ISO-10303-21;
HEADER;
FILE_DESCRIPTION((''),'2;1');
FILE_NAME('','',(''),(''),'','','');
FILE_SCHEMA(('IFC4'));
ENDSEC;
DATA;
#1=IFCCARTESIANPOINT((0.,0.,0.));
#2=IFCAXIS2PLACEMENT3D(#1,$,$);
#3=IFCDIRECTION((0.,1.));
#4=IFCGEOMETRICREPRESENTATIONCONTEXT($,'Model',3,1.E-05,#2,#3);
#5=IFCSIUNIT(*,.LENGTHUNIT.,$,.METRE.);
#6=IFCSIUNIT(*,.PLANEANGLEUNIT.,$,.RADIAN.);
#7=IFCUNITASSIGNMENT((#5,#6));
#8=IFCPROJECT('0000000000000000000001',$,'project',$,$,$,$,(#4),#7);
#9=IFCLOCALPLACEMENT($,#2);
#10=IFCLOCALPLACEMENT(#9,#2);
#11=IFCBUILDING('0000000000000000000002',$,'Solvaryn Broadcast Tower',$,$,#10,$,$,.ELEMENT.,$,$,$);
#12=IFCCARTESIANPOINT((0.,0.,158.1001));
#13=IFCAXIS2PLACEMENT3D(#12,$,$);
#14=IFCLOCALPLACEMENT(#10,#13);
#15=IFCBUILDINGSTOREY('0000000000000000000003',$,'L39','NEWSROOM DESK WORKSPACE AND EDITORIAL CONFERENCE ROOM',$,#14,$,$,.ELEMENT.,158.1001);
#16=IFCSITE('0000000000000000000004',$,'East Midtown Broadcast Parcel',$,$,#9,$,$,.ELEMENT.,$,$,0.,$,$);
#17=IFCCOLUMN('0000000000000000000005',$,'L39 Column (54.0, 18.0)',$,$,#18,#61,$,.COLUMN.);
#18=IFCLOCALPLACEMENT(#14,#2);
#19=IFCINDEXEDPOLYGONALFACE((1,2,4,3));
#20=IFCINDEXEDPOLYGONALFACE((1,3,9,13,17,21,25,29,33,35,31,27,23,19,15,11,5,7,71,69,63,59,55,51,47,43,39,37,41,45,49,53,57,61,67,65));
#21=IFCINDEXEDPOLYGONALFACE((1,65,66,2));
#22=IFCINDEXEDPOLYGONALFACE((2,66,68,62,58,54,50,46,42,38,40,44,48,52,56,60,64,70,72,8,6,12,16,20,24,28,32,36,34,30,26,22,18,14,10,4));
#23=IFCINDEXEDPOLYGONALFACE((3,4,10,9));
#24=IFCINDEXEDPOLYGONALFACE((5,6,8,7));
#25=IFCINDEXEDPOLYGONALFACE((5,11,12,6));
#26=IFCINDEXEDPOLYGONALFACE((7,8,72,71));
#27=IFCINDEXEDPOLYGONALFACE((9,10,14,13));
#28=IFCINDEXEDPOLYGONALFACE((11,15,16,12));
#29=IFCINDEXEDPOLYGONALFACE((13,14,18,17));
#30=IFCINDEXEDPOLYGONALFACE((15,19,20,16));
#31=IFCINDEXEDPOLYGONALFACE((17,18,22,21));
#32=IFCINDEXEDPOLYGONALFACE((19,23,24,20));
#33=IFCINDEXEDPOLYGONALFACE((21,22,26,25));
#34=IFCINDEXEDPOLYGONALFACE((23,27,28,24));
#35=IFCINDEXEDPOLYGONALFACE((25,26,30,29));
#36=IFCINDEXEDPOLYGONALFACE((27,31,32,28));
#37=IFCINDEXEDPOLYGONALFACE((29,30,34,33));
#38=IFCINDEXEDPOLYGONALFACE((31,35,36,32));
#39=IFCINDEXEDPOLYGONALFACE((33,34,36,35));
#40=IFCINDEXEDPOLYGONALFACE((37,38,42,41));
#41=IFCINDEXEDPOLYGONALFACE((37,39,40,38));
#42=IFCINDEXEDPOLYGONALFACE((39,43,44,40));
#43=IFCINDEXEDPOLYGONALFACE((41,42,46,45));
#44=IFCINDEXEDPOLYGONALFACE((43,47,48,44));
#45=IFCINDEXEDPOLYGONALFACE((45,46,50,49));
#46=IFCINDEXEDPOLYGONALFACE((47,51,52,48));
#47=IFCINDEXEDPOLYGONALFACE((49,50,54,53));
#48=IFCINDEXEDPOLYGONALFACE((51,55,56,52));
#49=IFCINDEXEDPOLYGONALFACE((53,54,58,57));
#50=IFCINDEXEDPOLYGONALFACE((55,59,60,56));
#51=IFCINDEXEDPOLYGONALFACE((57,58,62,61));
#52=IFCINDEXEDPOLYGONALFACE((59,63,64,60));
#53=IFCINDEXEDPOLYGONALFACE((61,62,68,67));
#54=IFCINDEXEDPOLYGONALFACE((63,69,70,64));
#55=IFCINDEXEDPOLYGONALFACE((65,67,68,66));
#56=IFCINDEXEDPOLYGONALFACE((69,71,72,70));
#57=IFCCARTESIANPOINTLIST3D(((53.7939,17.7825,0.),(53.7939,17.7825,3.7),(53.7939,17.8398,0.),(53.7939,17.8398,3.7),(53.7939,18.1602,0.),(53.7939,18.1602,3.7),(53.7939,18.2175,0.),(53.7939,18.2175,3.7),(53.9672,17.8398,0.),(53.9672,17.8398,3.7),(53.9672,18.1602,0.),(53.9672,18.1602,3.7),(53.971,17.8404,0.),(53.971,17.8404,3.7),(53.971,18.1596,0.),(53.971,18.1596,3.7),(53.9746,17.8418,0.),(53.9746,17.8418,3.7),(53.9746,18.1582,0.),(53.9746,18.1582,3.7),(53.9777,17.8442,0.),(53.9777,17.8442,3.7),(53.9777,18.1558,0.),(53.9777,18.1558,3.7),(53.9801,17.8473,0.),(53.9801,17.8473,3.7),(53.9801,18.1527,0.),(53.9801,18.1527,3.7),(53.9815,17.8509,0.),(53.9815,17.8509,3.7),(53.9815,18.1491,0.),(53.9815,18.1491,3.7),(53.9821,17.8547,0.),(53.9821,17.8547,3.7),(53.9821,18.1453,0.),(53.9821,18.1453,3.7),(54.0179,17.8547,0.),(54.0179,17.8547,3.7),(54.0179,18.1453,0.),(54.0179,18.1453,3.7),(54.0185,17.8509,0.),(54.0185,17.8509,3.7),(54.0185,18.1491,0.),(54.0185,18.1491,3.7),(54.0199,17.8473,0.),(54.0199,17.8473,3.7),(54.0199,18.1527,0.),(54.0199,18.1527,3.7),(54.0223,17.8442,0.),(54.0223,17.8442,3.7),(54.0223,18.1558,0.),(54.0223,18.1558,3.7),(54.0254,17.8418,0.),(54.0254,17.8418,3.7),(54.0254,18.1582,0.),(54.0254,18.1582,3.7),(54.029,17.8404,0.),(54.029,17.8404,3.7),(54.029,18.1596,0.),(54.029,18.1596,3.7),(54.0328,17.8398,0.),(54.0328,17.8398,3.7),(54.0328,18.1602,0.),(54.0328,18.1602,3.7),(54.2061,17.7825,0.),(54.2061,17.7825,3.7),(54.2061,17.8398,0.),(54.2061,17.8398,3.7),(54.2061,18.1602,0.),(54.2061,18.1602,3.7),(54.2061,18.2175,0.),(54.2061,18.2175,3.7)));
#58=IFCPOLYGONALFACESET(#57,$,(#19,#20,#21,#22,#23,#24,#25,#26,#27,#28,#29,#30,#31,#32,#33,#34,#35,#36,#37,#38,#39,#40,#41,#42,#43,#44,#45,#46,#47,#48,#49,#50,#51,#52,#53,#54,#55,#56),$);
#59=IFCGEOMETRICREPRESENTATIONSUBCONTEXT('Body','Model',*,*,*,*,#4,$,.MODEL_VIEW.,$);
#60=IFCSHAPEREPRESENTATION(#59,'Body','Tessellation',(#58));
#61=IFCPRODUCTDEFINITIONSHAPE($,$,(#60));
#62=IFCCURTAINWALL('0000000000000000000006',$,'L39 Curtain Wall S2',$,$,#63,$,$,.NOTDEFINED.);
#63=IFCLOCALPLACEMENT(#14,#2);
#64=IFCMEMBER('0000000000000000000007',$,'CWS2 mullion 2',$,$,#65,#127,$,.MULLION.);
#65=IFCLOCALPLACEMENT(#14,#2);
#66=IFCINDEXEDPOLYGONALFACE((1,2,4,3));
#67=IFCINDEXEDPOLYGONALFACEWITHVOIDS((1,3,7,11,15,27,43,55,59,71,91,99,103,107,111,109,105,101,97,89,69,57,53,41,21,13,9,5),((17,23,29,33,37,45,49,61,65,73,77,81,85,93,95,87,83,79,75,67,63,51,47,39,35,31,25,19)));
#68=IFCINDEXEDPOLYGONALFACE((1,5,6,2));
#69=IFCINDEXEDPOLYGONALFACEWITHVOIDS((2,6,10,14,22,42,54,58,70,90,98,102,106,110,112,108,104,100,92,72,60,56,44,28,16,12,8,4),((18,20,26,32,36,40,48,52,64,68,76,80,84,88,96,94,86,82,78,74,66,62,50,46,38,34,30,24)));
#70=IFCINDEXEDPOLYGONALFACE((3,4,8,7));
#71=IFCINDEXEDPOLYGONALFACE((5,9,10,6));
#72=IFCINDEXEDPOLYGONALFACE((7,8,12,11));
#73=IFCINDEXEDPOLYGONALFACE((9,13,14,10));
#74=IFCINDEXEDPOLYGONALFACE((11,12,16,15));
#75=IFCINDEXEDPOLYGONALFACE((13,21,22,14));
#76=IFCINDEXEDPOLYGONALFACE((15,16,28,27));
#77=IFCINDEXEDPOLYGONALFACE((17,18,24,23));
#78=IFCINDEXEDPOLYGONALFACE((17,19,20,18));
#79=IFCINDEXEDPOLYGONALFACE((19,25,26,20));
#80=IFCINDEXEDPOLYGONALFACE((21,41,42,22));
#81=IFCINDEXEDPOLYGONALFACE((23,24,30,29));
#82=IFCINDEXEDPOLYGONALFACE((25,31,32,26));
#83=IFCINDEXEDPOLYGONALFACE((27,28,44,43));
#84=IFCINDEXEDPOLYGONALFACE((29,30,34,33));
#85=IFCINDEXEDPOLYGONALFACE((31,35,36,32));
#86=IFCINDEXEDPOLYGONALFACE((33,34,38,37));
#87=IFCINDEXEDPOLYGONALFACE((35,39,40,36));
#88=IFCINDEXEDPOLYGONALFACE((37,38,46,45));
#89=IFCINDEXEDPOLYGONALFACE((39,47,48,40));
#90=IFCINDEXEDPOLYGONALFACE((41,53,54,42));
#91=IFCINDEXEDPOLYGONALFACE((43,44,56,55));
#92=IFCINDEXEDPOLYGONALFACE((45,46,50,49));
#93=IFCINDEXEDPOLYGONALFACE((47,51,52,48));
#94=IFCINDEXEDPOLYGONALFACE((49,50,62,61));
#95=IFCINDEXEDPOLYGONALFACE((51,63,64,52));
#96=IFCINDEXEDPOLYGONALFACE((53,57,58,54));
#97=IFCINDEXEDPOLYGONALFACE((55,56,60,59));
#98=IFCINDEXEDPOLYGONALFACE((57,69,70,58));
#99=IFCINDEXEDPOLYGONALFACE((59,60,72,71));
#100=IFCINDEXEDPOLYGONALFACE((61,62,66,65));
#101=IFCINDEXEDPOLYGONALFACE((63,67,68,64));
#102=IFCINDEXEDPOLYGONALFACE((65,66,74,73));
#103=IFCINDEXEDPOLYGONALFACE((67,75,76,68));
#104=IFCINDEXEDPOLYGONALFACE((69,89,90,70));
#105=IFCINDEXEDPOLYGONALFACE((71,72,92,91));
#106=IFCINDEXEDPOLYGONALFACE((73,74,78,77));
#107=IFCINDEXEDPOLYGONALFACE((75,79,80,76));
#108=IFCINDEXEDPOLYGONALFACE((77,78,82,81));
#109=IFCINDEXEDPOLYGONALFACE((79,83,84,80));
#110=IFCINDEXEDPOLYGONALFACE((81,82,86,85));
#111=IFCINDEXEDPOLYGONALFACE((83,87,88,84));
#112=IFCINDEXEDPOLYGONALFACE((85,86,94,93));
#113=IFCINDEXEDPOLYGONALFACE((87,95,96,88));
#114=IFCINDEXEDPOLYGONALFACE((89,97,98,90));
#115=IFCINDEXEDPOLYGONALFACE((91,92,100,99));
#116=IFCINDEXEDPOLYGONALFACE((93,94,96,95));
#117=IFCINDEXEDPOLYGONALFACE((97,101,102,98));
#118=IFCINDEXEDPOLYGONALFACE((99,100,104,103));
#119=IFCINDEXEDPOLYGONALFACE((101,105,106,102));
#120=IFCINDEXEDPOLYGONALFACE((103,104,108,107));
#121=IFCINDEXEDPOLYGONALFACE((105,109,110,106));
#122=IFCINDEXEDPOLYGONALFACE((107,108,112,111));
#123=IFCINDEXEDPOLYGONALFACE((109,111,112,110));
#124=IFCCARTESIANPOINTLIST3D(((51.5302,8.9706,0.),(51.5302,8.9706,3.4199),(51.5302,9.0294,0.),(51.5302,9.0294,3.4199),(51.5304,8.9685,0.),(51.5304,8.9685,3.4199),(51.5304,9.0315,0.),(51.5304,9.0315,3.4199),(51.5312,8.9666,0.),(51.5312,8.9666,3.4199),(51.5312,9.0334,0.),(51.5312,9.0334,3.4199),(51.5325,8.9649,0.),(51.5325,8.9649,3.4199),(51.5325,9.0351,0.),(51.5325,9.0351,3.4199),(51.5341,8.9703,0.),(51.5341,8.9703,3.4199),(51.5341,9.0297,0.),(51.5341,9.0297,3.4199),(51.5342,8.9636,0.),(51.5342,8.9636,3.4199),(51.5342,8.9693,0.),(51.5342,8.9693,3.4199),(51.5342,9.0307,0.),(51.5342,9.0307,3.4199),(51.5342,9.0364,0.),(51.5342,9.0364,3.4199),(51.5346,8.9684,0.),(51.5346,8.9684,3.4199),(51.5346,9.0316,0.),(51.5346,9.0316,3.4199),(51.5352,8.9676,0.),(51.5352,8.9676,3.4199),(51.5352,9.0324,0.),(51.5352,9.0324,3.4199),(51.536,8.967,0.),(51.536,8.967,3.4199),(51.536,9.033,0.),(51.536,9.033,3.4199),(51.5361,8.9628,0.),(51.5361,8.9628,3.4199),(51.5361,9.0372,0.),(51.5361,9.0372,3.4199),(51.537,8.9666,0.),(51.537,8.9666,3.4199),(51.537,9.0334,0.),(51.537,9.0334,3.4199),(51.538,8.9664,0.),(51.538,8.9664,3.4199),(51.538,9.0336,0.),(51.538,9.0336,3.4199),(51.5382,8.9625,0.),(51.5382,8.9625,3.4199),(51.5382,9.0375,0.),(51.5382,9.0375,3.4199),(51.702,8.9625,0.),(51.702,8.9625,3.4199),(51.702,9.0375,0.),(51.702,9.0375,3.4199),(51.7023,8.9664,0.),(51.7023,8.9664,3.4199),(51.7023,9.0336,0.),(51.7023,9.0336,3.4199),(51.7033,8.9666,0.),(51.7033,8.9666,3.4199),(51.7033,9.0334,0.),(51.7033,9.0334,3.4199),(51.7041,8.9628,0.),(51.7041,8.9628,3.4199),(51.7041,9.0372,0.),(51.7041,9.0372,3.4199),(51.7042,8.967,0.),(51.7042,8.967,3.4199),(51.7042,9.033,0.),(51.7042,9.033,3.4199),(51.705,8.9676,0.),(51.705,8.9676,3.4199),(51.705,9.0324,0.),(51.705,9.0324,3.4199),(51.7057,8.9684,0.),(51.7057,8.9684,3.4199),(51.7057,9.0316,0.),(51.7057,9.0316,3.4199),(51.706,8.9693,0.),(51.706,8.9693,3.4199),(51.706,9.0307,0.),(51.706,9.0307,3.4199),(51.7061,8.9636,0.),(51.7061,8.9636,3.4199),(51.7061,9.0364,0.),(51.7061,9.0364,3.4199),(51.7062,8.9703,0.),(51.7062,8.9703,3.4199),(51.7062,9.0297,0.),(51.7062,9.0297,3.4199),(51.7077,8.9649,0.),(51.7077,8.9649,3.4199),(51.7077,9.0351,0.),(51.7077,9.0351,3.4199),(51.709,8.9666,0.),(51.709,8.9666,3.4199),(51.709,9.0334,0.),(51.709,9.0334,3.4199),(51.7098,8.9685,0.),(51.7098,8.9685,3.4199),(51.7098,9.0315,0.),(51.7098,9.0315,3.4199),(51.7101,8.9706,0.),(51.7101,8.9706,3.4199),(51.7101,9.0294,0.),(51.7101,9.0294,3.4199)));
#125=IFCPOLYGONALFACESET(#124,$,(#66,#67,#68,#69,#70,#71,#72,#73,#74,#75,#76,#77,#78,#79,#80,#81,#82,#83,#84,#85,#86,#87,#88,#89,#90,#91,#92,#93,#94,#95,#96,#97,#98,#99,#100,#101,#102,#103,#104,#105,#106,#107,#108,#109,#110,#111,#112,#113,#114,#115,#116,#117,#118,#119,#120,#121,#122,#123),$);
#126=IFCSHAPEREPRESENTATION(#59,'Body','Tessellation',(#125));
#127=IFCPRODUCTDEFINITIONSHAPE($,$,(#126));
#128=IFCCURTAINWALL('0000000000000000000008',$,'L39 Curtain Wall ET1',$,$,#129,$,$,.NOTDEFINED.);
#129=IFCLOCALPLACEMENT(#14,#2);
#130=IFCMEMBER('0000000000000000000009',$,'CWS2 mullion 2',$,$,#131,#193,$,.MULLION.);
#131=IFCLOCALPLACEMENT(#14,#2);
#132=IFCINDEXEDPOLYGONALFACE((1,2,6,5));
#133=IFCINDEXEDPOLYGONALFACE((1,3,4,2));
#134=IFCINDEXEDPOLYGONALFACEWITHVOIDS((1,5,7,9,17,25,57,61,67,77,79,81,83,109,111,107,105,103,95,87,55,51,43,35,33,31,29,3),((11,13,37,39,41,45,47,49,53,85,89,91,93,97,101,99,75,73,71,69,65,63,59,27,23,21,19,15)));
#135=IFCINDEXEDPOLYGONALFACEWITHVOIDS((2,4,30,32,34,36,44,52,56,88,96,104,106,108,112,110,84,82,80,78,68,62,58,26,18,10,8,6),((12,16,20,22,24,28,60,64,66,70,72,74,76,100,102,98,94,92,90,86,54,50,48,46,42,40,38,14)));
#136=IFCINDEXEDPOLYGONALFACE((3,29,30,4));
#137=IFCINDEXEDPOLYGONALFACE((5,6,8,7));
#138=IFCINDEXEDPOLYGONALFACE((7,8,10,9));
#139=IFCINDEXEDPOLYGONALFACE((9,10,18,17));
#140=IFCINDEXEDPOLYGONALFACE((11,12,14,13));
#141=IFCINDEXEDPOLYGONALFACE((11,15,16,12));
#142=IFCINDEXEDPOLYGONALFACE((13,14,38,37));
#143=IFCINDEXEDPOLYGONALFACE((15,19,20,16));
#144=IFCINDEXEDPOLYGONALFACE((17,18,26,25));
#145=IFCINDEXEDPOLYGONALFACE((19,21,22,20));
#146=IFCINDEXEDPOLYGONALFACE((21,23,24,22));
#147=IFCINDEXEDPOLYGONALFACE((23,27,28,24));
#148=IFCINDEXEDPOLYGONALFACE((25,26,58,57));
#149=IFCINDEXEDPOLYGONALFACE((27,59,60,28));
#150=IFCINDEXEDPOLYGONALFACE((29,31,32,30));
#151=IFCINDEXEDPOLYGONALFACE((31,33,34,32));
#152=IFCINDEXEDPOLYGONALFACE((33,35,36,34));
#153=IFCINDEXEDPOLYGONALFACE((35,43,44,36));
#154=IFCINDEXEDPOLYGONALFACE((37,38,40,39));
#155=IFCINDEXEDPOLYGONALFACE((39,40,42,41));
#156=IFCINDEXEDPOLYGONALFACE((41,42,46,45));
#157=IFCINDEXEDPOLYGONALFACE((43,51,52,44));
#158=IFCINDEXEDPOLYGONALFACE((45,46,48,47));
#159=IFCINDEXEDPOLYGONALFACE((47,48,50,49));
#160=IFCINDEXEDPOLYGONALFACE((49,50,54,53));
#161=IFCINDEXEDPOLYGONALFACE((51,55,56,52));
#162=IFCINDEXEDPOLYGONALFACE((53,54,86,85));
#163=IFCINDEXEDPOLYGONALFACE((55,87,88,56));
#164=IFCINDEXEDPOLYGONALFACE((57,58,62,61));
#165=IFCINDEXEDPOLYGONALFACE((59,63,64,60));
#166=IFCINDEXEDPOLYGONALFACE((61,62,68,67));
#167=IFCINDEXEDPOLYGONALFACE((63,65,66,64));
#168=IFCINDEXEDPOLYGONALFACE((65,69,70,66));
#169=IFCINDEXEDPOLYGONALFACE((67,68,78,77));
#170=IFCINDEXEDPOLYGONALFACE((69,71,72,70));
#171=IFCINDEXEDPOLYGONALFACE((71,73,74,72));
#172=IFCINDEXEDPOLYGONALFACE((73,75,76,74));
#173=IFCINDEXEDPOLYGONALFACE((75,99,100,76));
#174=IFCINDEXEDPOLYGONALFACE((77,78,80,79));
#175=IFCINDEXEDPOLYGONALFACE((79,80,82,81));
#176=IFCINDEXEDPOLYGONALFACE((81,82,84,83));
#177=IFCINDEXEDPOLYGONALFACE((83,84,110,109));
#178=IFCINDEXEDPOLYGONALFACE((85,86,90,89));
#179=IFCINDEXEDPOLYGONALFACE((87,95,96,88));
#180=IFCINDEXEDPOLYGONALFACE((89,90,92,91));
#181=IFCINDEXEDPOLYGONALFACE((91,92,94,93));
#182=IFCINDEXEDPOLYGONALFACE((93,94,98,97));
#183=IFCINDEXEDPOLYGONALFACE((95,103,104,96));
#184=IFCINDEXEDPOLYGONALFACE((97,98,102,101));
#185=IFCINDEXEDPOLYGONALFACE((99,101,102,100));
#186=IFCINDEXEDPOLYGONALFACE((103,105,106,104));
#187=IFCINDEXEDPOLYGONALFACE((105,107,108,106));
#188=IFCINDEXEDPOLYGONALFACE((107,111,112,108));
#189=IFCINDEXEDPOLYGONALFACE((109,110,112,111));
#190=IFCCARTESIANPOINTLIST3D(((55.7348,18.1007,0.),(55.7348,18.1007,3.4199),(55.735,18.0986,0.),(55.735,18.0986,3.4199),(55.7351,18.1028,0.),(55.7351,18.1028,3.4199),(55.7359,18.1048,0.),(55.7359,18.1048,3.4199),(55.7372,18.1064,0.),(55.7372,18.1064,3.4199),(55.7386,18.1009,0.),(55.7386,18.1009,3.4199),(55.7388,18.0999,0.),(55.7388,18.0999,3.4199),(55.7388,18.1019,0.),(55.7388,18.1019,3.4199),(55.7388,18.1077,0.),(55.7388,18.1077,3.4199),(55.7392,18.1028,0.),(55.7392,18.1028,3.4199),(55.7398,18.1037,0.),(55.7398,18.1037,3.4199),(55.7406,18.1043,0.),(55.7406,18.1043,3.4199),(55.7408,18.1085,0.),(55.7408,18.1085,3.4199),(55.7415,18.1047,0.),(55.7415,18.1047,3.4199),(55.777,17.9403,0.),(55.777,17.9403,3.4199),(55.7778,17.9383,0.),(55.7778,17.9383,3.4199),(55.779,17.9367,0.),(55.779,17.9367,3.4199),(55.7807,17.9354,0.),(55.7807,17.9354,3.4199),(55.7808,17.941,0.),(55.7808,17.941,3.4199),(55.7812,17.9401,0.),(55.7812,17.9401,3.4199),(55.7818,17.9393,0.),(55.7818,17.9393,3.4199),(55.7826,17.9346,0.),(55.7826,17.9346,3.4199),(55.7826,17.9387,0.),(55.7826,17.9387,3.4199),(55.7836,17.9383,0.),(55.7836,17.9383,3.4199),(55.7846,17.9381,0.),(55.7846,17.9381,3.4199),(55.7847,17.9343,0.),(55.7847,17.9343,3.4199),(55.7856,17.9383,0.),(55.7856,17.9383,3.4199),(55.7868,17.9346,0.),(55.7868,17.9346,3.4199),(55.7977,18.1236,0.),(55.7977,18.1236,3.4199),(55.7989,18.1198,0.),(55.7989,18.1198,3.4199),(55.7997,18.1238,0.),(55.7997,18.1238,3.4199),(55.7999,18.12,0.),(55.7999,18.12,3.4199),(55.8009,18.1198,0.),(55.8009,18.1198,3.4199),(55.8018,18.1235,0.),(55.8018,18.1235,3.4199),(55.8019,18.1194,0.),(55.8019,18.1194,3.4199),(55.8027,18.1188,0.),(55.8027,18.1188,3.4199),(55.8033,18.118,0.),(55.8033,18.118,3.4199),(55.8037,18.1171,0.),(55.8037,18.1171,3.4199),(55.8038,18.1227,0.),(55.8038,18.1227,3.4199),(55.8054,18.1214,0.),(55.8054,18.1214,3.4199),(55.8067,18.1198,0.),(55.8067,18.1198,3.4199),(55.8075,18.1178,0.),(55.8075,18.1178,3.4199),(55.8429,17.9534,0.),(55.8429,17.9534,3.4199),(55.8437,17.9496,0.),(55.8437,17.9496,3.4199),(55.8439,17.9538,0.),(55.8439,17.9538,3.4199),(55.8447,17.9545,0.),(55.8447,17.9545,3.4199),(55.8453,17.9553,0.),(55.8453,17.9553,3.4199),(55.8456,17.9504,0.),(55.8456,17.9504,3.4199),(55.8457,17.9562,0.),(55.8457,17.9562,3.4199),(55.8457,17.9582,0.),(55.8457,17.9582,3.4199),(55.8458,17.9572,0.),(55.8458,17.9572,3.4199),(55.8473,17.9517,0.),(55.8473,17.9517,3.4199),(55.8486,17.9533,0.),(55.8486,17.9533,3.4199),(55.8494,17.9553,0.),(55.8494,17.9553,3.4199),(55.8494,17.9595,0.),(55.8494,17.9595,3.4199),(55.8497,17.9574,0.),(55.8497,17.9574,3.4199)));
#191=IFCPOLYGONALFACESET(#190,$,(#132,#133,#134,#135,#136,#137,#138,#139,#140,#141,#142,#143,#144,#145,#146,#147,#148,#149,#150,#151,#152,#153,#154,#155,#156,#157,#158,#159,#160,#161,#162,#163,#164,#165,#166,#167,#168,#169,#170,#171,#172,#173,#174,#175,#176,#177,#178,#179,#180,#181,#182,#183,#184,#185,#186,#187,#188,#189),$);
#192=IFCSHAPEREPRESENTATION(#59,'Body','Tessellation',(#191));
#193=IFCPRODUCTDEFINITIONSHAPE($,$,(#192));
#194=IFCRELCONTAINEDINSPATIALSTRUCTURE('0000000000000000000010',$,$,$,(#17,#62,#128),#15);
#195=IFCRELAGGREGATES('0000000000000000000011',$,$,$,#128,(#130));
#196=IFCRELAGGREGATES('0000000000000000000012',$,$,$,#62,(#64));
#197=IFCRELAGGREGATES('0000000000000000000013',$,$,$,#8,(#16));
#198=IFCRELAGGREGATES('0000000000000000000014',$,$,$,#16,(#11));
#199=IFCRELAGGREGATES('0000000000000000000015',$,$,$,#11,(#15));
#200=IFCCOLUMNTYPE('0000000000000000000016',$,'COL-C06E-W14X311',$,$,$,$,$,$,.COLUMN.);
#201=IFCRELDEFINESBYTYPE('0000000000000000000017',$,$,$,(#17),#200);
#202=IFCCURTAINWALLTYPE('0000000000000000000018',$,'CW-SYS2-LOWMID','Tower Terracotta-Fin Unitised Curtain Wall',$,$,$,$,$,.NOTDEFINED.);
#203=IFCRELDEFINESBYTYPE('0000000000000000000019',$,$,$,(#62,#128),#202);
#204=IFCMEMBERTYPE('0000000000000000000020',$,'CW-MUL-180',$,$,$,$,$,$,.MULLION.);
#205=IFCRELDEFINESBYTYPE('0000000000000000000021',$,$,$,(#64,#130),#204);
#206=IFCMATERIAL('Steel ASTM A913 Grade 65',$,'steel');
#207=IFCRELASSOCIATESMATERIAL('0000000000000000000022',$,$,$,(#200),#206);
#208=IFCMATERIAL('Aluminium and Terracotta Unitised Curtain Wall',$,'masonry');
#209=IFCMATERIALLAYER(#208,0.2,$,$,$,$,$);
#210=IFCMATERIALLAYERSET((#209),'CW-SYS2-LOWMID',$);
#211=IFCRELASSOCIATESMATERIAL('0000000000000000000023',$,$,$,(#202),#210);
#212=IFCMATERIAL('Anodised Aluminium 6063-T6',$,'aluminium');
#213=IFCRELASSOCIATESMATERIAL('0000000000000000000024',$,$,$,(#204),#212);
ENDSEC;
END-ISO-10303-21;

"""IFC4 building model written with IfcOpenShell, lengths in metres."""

from ifc_helpers import new_model, si_unit, direction, frame, origin, origin_2d, place, context, subcontext, project, spatial, hollow_rectangle, i_section, extrude, material, layer, layer_set, material_profile, profile_set, type_object, element, aggregate, save


model = new_model("IFC4")

# Units and contexts
model_context = context("Model", 3, precision=1e-05, world=origin(), true_north=direction((0.0, 1.0)))
body_context = subcontext(model_context, "Body", "Model", "MODEL_VIEW")
ifc_project = project(units=[si_unit("LENGTHUNIT", "METRE"), si_unit("PLANEANGLEUNIT", "RADIAN")], contexts=[model_context])

# Site, building, storey
site_placement = place(None, origin())
site = spatial("IfcSite", under=ifc_project, at=site_placement, Name="East Midtown Broadcast Parcel", CompositionType="ELEMENT", RefElevation=0.0)
building_placement = place(site_placement, origin())
building = spatial("IfcBuilding", under=site, at=building_placement, Name="Solvaryn Broadcast Tower", CompositionType="ELEMENT")
storey_placement = place(building_placement, frame((0.0, 0.0, 158.1001)))
storey = spatial("IfcBuildingStorey", under=building, at=storey_placement, Name="L39", Description="NEWSROOM DESK WORKSPACE AND EDITORIAL CONFERENCE ROOM", CompositionType="ELEMENT", Elevation=158.1001)

# Column
ifc_material_1 = material(Name="Steel ASTM A913 Grade 65", Category="steel")
ifc_material_profile_1 = material_profile(ifc_material_1, i_section(OverallWidth=0.4121, OverallDepth=0.4351, WebThickness=0.0359, FlangeThickness=0.0574, FilletRadius=0.0149, at=origin_2d()))
ifc_profile_set_1 = profile_set([ifc_material_profile_1], Name="Steel ASTM A913 Grade 65")
column_type = type_object("IfcColumnType", Name="COL-C06E-W14X311", PredefinedType="COLUMN", material=ifc_profile_set_1)
column_placement = place(storey_placement, frame((54.0, 18.0, 0.0), z_axis=(0.0, 0.0, 1.0), x_axis=(1.0, 0.0, 0.0)))
element("IfcColumn", 1, at=column_placement, inside=storey, type_object=column_type, Name="L39 Column (54.0, 18.0)", PredefinedType="COLUMN", context=body_context, shape_type="SweptSolid", body=[
    extrude(i_section(OverallWidth=0.4121, OverallDepth=0.4351, WebThickness=0.0359, FlangeThickness=0.0574, FilletRadius=0.0149, at=origin_2d()), origin(), (0.0, 0.0, 1.0), 3.7),
])

# Curtain walls, members
ifc_material_2 = material(Name="Aluminium and Terracotta Unitised Curtain Wall", Category="masonry")
ifc_layer_1 = layer(ifc_material_2, 0.2)
ifc_layer_set_1 = layer_set([ifc_layer_1], Name="CW-SYS2-LOWMID")
curtain_wall_type = type_object("IfcCurtainWallType", Name="CW-SYS2-LOWMID", Description="Tower Terracotta-Fin Unitised Curtain Wall", PredefinedType="NOTDEFINED", material=ifc_layer_set_1)
curtain_wall_1_placement = place(storey_placement, origin())
curtain_wall_1 = element("IfcCurtainWall", 2, at=curtain_wall_1_placement, inside=storey, type_object=curtain_wall_type, Name="L39 Curtain Wall S2", PredefinedType="NOTDEFINED")
ifc_material_3 = material(Name="Anodised Aluminium 6063-T6", Category="aluminium")
ifc_material_profile_2 = material_profile(ifc_material_3, hollow_rectangle(XDim=0.075, YDim=0.1799, WallThickness=0.0039, InnerFilletRadius=0.0039, OuterFilletRadius=0.0081, at=origin_2d()))
ifc_profile_set_2 = profile_set([ifc_material_profile_2], Name="Anodised Aluminium 6063-T6")
member_type_1 = type_object("IfcMemberType", Name="CW-MUL-180", PredefinedType="MULLION", material=ifc_profile_set_2)
member_1_placement = place(storey_placement, frame((51.6201, 9.0, 0.0), z_axis=(0.0, 0.0, 1.0), x_axis=(0.0, 1.0, 0.0)))
member_1 = element("IfcMember", 3, at=member_1_placement, type_object=member_type_1, Name="CWS2 mullion 2", PredefinedType="MULLION", context=body_context, shape_type="SweptSolid", body=[
    extrude(hollow_rectangle(XDim=0.075, YDim=0.1799, WallThickness=0.0039, InnerFilletRadius=0.0039, OuterFilletRadius=0.0081, at=origin_2d()), origin(), (0.0, 0.0, 1.0), 3.4199),
])
curtain_wall_2_placement = place(storey_placement, origin())
curtain_wall_2 = element("IfcCurtainWall", 4, at=curtain_wall_2_placement, inside=storey, type_object=curtain_wall_type, Name="L39 Curtain Wall ET1", PredefinedType="NOTDEFINED")
member_2_placement = place(storey_placement, frame((55.7922, 18.0291, 0.0), z_axis=(0.0, 0.0, 1.0), x_axis=(0.966705, 0.255893, 0.0)))
member_2 = element("IfcMember", 5, at=member_2_placement, type_object=member_type_1, Name="CWS2 mullion 2", PredefinedType="MULLION", context=body_context, shape_type="SweptSolid", body=[
    extrude(hollow_rectangle(XDim=0.075, YDim=0.1799, WallThickness=0.0039, InnerFilletRadius=0.0039, OuterFilletRadius=0.0081, at=origin_2d()), origin(), (0.0, 0.0, 1.0), 3.4199),
])
aggregate(curtain_wall_2, [member_2])

aggregate(curtain_wall_1, [member_1])

save(model, "model.ifc")
